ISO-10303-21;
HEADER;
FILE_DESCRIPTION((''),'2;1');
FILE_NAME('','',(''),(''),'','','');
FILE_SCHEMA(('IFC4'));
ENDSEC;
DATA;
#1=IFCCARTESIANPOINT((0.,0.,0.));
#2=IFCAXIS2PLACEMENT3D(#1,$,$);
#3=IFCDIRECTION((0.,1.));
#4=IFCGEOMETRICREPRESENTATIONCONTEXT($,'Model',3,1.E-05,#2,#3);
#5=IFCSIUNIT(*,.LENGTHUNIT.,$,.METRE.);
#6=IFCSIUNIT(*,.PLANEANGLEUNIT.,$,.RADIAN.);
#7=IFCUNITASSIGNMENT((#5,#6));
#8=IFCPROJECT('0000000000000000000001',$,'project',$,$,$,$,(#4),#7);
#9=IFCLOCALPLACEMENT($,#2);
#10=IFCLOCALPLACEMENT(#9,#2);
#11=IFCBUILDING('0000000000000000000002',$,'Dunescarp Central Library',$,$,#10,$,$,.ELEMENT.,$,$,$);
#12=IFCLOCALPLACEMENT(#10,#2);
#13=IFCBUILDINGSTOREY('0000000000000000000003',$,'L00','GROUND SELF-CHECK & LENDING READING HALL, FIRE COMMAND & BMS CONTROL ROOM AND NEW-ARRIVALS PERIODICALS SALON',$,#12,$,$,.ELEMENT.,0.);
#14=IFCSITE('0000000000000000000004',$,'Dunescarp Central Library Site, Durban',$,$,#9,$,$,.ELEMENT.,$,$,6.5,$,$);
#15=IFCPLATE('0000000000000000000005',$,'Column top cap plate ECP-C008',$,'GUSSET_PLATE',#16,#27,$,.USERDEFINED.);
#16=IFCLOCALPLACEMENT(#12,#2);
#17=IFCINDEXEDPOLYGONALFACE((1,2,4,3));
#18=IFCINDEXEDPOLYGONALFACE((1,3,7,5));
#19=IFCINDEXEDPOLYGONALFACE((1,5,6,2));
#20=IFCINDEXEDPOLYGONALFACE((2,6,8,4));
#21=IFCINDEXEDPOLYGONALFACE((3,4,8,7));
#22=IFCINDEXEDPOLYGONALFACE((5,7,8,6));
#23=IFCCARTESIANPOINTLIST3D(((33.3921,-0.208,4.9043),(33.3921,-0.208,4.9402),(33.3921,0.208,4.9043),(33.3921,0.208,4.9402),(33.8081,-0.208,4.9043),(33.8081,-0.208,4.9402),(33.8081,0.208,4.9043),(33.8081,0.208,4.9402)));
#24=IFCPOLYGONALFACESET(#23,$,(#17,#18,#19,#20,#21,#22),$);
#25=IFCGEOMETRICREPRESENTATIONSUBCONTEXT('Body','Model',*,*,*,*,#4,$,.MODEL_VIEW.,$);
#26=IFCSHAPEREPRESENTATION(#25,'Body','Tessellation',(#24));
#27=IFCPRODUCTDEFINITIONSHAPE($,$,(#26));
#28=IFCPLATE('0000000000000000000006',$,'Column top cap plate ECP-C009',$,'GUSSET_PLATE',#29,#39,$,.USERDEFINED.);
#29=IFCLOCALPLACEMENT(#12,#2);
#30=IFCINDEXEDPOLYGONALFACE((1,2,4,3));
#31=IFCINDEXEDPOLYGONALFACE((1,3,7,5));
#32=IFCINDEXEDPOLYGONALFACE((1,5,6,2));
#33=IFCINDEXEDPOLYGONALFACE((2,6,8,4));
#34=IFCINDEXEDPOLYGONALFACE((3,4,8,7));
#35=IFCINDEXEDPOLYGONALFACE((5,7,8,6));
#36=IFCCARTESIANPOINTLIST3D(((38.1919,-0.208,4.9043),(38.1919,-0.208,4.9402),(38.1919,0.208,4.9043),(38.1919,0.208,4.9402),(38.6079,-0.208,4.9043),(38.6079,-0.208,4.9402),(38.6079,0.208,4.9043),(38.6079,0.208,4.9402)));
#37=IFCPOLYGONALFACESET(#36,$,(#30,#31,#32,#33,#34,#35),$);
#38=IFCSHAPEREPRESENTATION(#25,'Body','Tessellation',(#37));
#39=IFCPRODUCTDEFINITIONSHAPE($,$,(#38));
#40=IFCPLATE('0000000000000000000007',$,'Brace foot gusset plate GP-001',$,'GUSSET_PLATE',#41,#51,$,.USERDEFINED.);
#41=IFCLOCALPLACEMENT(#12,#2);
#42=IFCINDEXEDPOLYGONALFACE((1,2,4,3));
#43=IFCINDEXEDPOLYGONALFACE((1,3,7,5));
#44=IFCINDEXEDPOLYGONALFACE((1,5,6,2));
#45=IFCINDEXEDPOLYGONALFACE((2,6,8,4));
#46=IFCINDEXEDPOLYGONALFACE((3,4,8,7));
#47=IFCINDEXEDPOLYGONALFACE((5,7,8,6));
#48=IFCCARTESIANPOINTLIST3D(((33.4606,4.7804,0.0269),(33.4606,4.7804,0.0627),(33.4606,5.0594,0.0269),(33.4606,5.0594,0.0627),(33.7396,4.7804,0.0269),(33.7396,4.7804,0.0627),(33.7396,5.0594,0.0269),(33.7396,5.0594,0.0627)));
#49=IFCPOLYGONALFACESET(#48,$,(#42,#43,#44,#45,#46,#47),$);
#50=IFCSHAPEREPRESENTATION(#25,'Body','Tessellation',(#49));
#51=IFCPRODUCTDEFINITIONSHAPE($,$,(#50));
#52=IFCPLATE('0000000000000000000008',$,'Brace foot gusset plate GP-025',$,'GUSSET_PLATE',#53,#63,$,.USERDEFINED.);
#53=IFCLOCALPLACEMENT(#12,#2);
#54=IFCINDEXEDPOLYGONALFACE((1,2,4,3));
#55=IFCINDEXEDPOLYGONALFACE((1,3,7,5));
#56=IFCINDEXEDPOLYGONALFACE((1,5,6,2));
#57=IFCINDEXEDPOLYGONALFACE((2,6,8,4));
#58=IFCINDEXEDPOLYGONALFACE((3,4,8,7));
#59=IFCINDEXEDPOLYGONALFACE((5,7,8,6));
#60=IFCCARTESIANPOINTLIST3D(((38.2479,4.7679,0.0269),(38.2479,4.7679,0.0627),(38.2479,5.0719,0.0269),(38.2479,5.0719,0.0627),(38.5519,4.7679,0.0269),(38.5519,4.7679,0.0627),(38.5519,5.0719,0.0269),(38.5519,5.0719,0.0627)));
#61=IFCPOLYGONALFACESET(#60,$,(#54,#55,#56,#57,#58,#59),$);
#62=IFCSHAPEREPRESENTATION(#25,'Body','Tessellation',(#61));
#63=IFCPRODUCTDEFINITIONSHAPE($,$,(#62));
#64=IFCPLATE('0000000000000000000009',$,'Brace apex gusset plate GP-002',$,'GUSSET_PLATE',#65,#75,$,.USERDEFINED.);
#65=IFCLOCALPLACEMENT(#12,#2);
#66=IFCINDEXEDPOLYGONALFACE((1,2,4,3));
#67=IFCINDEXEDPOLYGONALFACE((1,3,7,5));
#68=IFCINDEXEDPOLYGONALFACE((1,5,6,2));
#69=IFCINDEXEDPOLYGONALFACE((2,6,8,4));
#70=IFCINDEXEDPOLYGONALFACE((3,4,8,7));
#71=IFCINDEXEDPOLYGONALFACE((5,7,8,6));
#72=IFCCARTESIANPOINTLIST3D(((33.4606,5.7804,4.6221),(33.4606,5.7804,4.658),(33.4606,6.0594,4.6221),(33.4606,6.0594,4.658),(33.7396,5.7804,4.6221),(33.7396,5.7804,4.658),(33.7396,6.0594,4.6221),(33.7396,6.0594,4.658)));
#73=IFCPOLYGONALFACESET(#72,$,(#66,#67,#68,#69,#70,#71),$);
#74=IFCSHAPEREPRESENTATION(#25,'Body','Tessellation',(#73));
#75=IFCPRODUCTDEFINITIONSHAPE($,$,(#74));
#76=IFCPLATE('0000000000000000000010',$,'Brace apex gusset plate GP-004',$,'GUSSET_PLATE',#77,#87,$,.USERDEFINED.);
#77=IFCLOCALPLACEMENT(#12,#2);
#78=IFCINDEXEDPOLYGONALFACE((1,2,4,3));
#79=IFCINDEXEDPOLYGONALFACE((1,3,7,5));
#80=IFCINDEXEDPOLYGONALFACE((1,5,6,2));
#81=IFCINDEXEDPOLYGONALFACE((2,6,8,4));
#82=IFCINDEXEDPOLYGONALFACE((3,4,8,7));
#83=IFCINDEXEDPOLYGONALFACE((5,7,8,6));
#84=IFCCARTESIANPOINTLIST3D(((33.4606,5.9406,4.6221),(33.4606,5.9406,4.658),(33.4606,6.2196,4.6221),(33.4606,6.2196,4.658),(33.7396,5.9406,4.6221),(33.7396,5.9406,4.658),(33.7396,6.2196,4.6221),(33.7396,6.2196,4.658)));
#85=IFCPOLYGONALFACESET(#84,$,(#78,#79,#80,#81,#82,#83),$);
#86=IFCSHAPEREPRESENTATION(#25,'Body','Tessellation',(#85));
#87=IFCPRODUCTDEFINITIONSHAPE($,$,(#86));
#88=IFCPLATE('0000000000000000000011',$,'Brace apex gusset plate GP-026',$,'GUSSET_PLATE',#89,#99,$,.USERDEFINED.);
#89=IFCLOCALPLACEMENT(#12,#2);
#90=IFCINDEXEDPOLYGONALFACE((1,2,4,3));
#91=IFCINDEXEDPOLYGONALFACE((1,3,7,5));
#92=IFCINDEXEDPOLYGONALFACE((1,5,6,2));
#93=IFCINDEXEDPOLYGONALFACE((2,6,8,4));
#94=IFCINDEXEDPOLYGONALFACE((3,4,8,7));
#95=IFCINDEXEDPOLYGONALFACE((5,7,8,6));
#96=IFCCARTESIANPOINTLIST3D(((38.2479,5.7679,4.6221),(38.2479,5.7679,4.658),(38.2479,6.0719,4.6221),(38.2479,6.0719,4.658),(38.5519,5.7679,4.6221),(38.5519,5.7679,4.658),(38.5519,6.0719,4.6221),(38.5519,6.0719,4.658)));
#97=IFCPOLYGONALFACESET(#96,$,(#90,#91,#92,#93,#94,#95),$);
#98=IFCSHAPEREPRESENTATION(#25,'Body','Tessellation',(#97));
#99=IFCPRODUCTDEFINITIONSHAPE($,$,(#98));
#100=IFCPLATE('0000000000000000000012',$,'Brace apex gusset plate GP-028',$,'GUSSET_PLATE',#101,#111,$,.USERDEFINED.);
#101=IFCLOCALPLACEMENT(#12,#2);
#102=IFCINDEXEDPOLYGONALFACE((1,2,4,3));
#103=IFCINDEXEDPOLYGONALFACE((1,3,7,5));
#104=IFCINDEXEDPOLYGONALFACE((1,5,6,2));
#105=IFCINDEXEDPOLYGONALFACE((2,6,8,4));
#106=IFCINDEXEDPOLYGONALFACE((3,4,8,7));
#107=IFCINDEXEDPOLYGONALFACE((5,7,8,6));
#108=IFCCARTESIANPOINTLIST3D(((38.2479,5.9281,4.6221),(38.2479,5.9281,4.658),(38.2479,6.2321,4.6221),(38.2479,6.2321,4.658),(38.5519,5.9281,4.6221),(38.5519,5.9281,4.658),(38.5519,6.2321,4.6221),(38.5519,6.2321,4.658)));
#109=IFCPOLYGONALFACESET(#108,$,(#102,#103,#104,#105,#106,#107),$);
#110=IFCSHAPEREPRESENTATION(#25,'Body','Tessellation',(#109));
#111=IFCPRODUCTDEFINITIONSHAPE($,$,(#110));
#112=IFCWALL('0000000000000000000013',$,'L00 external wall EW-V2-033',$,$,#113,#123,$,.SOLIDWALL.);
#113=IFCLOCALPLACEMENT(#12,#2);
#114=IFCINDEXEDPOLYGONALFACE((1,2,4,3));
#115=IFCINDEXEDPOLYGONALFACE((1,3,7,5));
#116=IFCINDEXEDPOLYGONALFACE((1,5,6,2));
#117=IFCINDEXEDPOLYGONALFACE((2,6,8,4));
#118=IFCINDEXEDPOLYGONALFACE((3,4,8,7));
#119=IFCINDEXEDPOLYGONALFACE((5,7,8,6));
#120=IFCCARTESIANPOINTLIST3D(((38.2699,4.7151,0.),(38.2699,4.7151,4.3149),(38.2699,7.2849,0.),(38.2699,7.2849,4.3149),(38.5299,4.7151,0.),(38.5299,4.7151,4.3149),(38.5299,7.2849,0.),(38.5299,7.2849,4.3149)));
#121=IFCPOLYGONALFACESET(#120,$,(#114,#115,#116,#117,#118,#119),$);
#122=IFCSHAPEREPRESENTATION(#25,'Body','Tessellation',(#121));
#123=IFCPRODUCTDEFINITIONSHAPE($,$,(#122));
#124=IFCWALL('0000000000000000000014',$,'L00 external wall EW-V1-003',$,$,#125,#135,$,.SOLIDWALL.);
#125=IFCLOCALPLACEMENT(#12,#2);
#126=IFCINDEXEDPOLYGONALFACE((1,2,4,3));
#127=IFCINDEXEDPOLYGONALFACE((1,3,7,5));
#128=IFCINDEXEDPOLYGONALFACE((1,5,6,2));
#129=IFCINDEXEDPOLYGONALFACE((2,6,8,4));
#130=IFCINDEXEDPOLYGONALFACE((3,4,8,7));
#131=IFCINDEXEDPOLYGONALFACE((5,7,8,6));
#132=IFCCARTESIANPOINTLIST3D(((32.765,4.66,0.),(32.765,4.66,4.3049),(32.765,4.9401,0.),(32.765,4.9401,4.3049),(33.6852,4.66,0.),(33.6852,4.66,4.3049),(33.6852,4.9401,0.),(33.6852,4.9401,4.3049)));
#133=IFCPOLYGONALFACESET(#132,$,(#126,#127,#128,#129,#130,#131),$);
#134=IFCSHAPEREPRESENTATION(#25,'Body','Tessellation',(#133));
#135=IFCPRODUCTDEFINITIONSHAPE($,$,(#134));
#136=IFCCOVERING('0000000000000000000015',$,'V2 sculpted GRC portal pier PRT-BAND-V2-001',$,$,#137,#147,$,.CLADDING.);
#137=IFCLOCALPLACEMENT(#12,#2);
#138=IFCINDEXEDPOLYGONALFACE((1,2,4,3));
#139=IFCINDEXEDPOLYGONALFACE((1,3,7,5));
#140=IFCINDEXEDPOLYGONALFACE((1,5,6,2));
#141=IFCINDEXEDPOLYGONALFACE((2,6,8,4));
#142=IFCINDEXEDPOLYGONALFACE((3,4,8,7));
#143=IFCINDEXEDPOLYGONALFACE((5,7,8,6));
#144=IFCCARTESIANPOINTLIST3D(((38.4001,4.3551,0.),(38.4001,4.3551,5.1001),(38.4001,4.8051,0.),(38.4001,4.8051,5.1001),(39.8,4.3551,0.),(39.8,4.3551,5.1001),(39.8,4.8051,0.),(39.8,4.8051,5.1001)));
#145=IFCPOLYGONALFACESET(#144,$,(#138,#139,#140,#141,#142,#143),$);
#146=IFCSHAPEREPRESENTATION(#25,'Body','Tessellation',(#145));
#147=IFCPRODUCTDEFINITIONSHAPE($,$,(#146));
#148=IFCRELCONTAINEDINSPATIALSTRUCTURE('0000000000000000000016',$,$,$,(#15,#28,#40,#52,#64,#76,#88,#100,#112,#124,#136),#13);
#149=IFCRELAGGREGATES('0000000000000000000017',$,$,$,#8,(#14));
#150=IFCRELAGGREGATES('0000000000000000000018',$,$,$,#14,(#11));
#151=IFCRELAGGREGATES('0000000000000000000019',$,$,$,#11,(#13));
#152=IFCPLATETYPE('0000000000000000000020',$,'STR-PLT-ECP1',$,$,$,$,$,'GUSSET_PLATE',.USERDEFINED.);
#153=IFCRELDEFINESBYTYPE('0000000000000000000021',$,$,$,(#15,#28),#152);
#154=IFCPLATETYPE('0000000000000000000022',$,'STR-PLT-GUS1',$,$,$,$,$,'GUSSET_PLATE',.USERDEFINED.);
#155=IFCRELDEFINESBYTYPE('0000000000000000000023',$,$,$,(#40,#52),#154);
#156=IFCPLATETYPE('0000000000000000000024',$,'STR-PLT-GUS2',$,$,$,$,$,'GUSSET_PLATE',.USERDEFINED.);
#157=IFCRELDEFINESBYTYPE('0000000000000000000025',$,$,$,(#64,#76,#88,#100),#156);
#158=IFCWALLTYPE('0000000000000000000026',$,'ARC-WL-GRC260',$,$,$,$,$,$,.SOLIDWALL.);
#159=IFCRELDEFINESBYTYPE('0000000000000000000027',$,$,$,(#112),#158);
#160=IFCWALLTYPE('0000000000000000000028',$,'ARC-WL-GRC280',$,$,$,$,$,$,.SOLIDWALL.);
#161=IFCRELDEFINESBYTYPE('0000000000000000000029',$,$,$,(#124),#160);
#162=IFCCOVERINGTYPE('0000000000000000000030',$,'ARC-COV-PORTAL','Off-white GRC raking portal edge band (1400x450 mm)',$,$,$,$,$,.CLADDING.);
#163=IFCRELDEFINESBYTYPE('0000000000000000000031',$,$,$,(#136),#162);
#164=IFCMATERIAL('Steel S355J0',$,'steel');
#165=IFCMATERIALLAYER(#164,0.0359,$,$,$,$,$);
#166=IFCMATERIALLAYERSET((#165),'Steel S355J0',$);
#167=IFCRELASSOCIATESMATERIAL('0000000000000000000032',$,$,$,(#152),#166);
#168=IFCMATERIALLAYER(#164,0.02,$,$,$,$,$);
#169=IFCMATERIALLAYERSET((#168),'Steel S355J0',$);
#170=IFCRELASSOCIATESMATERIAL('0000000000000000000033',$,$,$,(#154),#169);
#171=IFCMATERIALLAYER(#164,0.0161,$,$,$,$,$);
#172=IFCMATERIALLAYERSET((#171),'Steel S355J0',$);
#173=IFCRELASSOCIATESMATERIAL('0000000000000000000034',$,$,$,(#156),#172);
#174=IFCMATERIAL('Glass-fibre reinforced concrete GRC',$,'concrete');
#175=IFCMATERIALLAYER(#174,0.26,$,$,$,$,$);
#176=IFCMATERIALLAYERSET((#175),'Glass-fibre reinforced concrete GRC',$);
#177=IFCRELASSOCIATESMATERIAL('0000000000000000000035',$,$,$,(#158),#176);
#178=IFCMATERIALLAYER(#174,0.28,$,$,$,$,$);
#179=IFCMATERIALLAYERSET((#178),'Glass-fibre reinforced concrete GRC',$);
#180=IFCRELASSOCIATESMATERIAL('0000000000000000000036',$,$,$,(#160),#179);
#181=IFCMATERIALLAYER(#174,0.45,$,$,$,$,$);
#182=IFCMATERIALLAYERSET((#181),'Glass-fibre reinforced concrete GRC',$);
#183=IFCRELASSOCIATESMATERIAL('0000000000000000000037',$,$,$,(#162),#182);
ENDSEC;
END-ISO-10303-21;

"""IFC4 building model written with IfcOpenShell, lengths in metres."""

from ifc_helpers import new_model, si_unit, direction, frame, frame_2d, origin, origin_2d, place, context, subcontext, project, spatial, rectangle, extrude, material, layer, layer_set, type_object, element, save


model = new_model("IFC4")

# Units and contexts
model_context = context("Model", 3, precision=1e-05, world=origin(), true_north=direction((0.0, 1.0)))
body_context = subcontext(model_context, "Body", "Model", "MODEL_VIEW")
ifc_project = project(units=[si_unit("LENGTHUNIT", "METRE"), si_unit("PLANEANGLEUNIT", "RADIAN")], contexts=[model_context])

# Site, building, storey
site_placement = place(None, origin())
site = spatial("IfcSite", under=ifc_project, at=site_placement, Name="Dunescarp Central Library Site, Durban", CompositionType="ELEMENT", RefElevation=6.5)
building_placement = place(site_placement, origin())
building = spatial("IfcBuilding", under=site, at=building_placement, Name="Dunescarp Central Library", CompositionType="ELEMENT")
storey_placement = place(building_placement, origin())
storey = spatial("IfcBuildingStorey", under=building, at=storey_placement, Name="L00", Description="GROUND SELF-CHECK & LENDING READING HALL, FIRE COMMAND & BMS CONTROL ROOM AND NEW-ARRIVALS PERIODICALS SALON", CompositionType="ELEMENT", Elevation=0.0)

# Shared definitions
ifc_material_1 = material(Name="Steel S355J0", Category="steel")

# Plates
ifc_layer_1 = layer(ifc_material_1, 0.0359)
ifc_layer_set_1 = layer_set([ifc_layer_1], Name="Steel S355J0")
plate_type_1 = type_object("IfcPlateType", Name="STR-PLT-ECP1", ElementType="GUSSET_PLATE", PredefinedType="USERDEFINED", material=ifc_layer_set_1)
for number, where, z_axis, x_axis, name in (
    (1, (33.6001, 0.0, 4.9043), (0.0, 0.0, 1.0), (1.0, 0.0, 0.0), "Column top cap plate ECP-C008"),
    (2, (38.3999, 0.0, 4.9043), (0.0, 0.0, 1.0), (1.0, 0.0, 0.0), "Column top cap plate ECP-C009"),
):
    element("IfcPlate", number, at=place(storey_placement, frame(where, z_axis=z_axis, x_axis=x_axis)), inside=storey, type_object=plate_type_1, Name=name, ObjectType="GUSSET_PLATE", PredefinedType="USERDEFINED", context=body_context, shape_type="SweptSolid", body=[
        extrude(rectangle(XDim=0.416, YDim=0.416, at=origin_2d()), origin(), (0.0, 0.0, 1.0), 0.0359),
    ])
ifc_layer_2 = layer(ifc_material_1, 0.02)
ifc_layer_set_2 = layer_set([ifc_layer_2], Name="Steel S355J0")
plate_type_2 = type_object("IfcPlateType", Name="STR-PLT-GUS1", ElementType="GUSSET_PLATE", PredefinedType="USERDEFINED", material=ifc_layer_set_2)
plate_1_placement = place(storey_placement, frame((33.6001, 4.9199, 0.0269), z_axis=(0.0, 0.0, 1.0), x_axis=(1.0, 0.0, 0.0)))
element("IfcPlate", 3, at=plate_1_placement, inside=storey, type_object=plate_type_2, Name="Brace foot gusset plate GP-001", ObjectType="GUSSET_PLATE", PredefinedType="USERDEFINED", context=body_context, shape_type="SweptSolid", body=[
    extrude(rectangle(XDim=0.2791, YDim=0.2791, at=origin_2d()), origin(), (0.0, 0.0, 1.0), 0.0359),
])
plate_2_placement = place(storey_placement, frame((38.3999, 4.9199, 0.0269), z_axis=(0.0, 0.0, 1.0), x_axis=(1.0, 0.0, 0.0)))
element("IfcPlate", 4, at=plate_2_placement, inside=storey, type_object=plate_type_2, Name="Brace foot gusset plate GP-025", ObjectType="GUSSET_PLATE", PredefinedType="USERDEFINED", context=body_context, shape_type="SweptSolid", body=[
    extrude(rectangle(XDim=0.304, YDim=0.304, at=origin_2d()), origin(), (0.0, 0.0, 1.0), 0.0359),
])
ifc_layer_3 = layer(ifc_material_1, 0.0161)
ifc_layer_set_3 = layer_set([ifc_layer_3], Name="Steel S355J0")
plate_type_3 = type_object("IfcPlateType", Name="STR-PLT-GUS2", ElementType="GUSSET_PLATE", PredefinedType="USERDEFINED", material=ifc_layer_set_3)
for number, where, z_axis, x_axis, name in (
    (5, (33.6001, 5.9199, 4.6221), (0.0, 0.0, 1.0), (1.0, 0.0, 0.0), "Brace apex gusset plate GP-002"),
    (6, (33.6001, 6.0801, 4.6221), (0.0, 0.0, 1.0), (1.0, 0.0, 0.0), "Brace apex gusset plate GP-004"),
):
    element("IfcPlate", number, at=place(storey_placement, frame(where, z_axis=z_axis, x_axis=x_axis)), inside=storey, type_object=plate_type_3, Name=name, ObjectType="GUSSET_PLATE", PredefinedType="USERDEFINED", context=body_context, shape_type="SweptSolid", body=[
        extrude(rectangle(XDim=0.2791, YDim=0.2791, at=origin_2d()), origin(), (0.0, 0.0, 1.0), 0.0359),
    ])
for number, where, z_axis, x_axis, name in (
    (7, (38.3999, 5.9199, 4.6221), (0.0, 0.0, 1.0), (1.0, 0.0, 0.0), "Brace apex gusset plate GP-026"),
    (8, (38.3999, 6.0801, 4.6221), (0.0, 0.0, 1.0), (1.0, 0.0, 0.0), "Brace apex gusset plate GP-028"),
):
    element("IfcPlate", number, at=place(storey_placement, frame(where, z_axis=z_axis, x_axis=x_axis)), inside=storey, type_object=plate_type_3, Name=name, ObjectType="GUSSET_PLATE", PredefinedType="USERDEFINED", context=body_context, shape_type="SweptSolid", body=[
        extrude(rectangle(XDim=0.304, YDim=0.304, at=origin_2d()), origin(), (0.0, 0.0, 1.0), 0.0359),
    ])

# Walls
ifc_material_2 = material(Name="Glass-fibre reinforced concrete GRC", Category="concrete")
ifc_layer_4 = layer(ifc_material_2, 0.26)
ifc_layer_set_4 = layer_set([ifc_layer_4], Name="Glass-fibre reinforced concrete GRC")
wall_type_1 = type_object("IfcWallType", Name="ARC-WL-GRC260", PredefinedType="SOLIDWALL", material=ifc_layer_set_4)
wall_1_placement = place(storey_placement, frame((38.3999, 4.7151, 0.0), z_axis=(0.0, 0.0, 1.0), x_axis=(0.0, 1.0, 0.0)))
element("IfcWall", 9, at=wall_1_placement, inside=storey, type_object=wall_type_1, Name="L00 external wall EW-V2-033", PredefinedType="SOLIDWALL", context=body_context, shape_type="SweptSolid", body=[
    extrude(rectangle(XDim=2.5698, YDim=0.26, at=frame_2d((1.2849, 0.0))), origin(), (0.0, 0.0, 1.0), 4.3149),
])
ifc_layer_5 = layer(ifc_material_2, 0.28)
ifc_layer_set_5 = layer_set([ifc_layer_5], Name="Glass-fibre reinforced concrete GRC")
wall_type_2 = type_object("IfcWallType", Name="ARC-WL-GRC280", PredefinedType="SOLIDWALL", material=ifc_layer_set_5)
wall_2_placement = place(storey_placement, frame((33.6851, 4.8, 0.0), z_axis=(0.0, 0.0, 1.0), x_axis=(-1.0, 0.0, 0.0)))
element("IfcWall", 10, at=wall_2_placement, inside=storey, type_object=wall_type_2, Name="L00 external wall EW-V1-003", PredefinedType="SOLIDWALL", context=body_context, shape_type="SweptSolid", body=[
    extrude(rectangle(XDim=0.9202, YDim=0.28, at=frame_2d((0.46, 0.0))), origin(), (0.0, 0.0, 1.0), 4.3049),
])

# Covering
ifc_layer_6 = layer(ifc_material_2, 0.45)
ifc_layer_set_6 = layer_set([ifc_layer_6], Name="Glass-fibre reinforced concrete GRC")
covering_type = type_object("IfcCoveringType", Name="ARC-COV-PORTAL", Description="Off-white GRC raking portal edge band (1400x450 mm)", PredefinedType="CLADDING", material=ifc_layer_set_6)
covering_placement = place(storey_placement, frame((39.1001, 4.5801, 0.0), z_axis=(0.0, 0.0, 1.0), x_axis=(1.0, 0.0, 0.0)))
element("IfcCovering", 11, at=covering_placement, inside=storey, type_object=covering_type, Name="V2 sculpted GRC portal pier PRT-BAND-V2-001", PredefinedType="CLADDING", context=body_context, shape_type="SweptSolid", body=[
    extrude(rectangle(XDim=1.3999, YDim=0.45, at=origin_2d()), origin(), (0.0, 0.0, 1.0), 5.1001),
])

save(model, "model.ifc")
